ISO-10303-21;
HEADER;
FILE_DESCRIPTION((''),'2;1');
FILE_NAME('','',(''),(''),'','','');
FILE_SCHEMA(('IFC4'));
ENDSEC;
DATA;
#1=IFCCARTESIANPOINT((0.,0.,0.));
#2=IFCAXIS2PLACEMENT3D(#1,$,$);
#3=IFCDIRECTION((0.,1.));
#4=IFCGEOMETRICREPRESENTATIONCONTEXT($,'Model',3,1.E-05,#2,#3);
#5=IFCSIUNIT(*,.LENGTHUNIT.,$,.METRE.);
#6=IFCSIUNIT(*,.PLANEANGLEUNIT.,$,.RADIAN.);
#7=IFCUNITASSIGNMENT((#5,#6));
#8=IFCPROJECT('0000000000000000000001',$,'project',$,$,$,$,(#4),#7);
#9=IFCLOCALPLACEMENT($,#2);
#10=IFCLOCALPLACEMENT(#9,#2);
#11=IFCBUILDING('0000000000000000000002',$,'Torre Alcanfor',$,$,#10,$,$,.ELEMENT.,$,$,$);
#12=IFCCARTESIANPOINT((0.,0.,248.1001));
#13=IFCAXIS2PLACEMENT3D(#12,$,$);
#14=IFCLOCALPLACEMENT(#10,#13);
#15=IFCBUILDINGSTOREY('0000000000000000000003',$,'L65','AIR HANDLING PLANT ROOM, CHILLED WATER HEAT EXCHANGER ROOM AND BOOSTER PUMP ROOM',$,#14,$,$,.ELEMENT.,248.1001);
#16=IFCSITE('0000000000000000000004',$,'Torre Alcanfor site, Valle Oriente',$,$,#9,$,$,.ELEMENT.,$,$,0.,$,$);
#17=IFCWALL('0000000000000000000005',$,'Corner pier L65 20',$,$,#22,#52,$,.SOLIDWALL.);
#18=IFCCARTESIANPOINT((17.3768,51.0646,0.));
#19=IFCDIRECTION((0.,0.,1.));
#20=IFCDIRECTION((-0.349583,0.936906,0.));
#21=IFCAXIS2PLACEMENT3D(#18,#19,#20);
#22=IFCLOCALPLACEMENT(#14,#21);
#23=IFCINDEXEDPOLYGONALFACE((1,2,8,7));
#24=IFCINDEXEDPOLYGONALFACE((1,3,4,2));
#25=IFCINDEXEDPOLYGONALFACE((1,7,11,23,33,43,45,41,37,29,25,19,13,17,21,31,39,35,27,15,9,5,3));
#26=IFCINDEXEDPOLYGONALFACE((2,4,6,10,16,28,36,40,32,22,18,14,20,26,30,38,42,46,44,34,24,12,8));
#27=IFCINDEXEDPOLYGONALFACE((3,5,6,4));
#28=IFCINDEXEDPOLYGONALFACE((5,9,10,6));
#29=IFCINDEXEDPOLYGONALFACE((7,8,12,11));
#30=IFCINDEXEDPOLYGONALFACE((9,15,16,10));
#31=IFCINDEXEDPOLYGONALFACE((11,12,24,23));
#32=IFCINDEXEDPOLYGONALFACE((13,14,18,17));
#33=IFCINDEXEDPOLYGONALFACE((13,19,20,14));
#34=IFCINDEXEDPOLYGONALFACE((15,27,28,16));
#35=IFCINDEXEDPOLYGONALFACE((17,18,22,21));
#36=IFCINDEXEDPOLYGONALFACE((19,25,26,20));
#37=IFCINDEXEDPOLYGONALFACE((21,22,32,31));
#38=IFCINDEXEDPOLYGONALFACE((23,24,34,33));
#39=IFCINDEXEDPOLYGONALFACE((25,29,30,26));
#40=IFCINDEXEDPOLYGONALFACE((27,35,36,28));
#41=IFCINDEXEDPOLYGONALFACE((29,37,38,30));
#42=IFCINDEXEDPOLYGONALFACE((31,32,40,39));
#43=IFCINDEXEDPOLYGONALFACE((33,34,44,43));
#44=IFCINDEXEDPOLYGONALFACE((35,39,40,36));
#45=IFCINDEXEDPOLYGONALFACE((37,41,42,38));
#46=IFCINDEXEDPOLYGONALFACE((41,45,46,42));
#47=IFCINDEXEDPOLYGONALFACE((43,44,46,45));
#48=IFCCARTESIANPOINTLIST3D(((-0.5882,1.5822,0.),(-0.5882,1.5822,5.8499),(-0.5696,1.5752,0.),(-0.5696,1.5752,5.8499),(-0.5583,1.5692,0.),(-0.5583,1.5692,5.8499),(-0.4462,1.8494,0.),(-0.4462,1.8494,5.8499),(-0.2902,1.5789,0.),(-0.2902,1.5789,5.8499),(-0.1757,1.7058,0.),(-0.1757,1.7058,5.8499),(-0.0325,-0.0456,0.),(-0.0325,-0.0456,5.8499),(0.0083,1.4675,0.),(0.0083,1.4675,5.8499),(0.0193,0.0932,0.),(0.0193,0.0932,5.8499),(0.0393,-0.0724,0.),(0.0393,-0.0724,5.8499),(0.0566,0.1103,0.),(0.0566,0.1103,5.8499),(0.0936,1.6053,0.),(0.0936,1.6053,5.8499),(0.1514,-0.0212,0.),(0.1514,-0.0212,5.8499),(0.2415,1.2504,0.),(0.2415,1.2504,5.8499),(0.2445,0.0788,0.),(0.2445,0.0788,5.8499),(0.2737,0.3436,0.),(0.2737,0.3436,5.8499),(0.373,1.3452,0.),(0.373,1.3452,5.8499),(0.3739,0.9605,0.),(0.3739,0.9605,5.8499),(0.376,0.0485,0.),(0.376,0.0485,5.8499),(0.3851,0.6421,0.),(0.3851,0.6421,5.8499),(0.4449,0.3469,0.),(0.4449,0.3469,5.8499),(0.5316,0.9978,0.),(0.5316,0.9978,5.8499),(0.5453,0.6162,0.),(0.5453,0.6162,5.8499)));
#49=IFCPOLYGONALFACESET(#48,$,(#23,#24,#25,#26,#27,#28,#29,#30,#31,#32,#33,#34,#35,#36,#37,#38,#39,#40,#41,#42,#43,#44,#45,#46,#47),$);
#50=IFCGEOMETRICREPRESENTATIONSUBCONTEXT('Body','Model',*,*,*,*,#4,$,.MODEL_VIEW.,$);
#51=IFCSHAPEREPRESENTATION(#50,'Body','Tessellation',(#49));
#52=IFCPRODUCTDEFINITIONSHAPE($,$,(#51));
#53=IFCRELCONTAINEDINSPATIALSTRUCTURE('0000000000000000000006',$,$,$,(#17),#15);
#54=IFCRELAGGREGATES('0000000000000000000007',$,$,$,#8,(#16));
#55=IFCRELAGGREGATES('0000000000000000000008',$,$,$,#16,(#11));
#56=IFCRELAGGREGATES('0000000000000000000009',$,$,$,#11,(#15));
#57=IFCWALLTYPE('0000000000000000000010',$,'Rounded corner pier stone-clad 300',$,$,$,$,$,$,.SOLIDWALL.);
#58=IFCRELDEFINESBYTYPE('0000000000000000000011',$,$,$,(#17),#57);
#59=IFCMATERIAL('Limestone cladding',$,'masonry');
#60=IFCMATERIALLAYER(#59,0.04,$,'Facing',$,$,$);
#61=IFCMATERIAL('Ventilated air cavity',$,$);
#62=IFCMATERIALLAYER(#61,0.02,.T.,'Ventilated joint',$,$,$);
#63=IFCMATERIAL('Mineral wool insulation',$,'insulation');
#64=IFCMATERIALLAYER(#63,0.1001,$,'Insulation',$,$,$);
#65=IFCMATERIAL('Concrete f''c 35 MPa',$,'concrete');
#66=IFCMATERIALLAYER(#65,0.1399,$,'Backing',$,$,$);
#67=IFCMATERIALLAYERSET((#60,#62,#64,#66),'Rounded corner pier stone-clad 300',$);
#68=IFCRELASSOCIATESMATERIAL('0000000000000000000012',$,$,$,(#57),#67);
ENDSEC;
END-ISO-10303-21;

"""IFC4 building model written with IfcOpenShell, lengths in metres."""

from ifc_helpers import new_model, si_unit, direction, frame, origin, place, context, subcontext, project, spatial, polyline, outline, extrude, material, layer, layer_set, type_object, element, save


model = new_model("IFC4")

# Units and contexts
model_context = context("Model", 3, precision=1e-05, world=origin(), true_north=direction((0.0, 1.0)))
body_context = subcontext(model_context, "Body", "Model", "MODEL_VIEW")
ifc_project = project(units=[si_unit("LENGTHUNIT", "METRE"), si_unit("PLANEANGLEUNIT", "RADIAN")], contexts=[model_context])

# Site, building, storey
site_placement = place(None, origin())
site = spatial("IfcSite", under=ifc_project, at=site_placement, Name="Torre Alcanfor site, Valle Oriente", CompositionType="ELEMENT", RefElevation=0.0)
building_placement = place(site_placement, origin())
building = spatial("IfcBuilding", under=site, at=building_placement, Name="Torre Alcanfor", CompositionType="ELEMENT")
storey_placement = place(building_placement, frame((0.0, 0.0, 248.1001)))
storey = spatial("IfcBuildingStorey", under=building, at=storey_placement, Name="L65", Description="AIR HANDLING PLANT ROOM, CHILLED WATER HEAT EXCHANGER ROOM AND BOOSTER PUMP ROOM", CompositionType="ELEMENT", Elevation=248.1001)

# Wall
ifc_material_1 = material(Name="Limestone cladding", Category="masonry")
ifc_layer_1 = layer(ifc_material_1, 0.04, Name="Facing")
ifc_material_2 = material(Name="Ventilated air cavity")
ifc_layer_2 = layer(ifc_material_2, 0.02, ventilated=True, Name="Ventilated joint")
ifc_material_3 = material(Name="Mineral wool insulation", Category="insulation")
ifc_layer_3 = layer(ifc_material_3, 0.1001, Name="Insulation")
ifc_material_4 = material(Name="Concrete f'c 35 MPa", Category="concrete")
ifc_layer_4 = layer(ifc_material_4, 0.1399, Name="Backing")
ifc_layer_set_1 = layer_set([ifc_layer_1, ifc_layer_2, ifc_layer_3, ifc_layer_4], Name="Rounded corner pier stone-clad 300")
wall_type_1 = type_object("IfcWallType", Name="Rounded corner pier stone-clad 300", PredefinedType="SOLIDWALL", material=ifc_layer_set_1)
wall_1_placement = place(storey_placement, frame((17.3768, 51.0646, 0.0), z_axis=(0.0, 0.0, 1.0), x_axis=(-0.349583, 0.936906, 0.0)))
element("IfcWall", 1, at=wall_1_placement, inside=storey, type_object=wall_type_1, Name="Corner pier L65 20", PredefinedType="SOLIDWALL", context=body_context, shape_type="SweptSolid", body=[
    extrude(outline(polyline([(0.1514, -0.0212), (0.2445, 0.0788), (0.376, 0.0485), (0.4449, 0.3469), (0.5453, 0.6162), (0.5316, 0.9978), (0.373, 1.3452), (0.0936, 1.6053), (-0.1757, 1.7058), (-0.4462, 1.8494), (-0.5882, 1.5822), (-0.5696, 1.5752), (-0.5583, 1.5692), (-0.2902, 1.5789), (0.0083, 1.4675), (0.2415, 1.2504), (0.3739, 0.9605), (0.3851, 0.6421), (0.2737, 0.3436), (0.0566, 0.1103), (0.0193, 0.0932), (-0.0325, -0.0456), (0.0393, -0.0724), (0.1514, -0.0212)])), origin(), (0.0, 0.0, 1.0), 5.8499),
])

save(model, "model.ifc")
